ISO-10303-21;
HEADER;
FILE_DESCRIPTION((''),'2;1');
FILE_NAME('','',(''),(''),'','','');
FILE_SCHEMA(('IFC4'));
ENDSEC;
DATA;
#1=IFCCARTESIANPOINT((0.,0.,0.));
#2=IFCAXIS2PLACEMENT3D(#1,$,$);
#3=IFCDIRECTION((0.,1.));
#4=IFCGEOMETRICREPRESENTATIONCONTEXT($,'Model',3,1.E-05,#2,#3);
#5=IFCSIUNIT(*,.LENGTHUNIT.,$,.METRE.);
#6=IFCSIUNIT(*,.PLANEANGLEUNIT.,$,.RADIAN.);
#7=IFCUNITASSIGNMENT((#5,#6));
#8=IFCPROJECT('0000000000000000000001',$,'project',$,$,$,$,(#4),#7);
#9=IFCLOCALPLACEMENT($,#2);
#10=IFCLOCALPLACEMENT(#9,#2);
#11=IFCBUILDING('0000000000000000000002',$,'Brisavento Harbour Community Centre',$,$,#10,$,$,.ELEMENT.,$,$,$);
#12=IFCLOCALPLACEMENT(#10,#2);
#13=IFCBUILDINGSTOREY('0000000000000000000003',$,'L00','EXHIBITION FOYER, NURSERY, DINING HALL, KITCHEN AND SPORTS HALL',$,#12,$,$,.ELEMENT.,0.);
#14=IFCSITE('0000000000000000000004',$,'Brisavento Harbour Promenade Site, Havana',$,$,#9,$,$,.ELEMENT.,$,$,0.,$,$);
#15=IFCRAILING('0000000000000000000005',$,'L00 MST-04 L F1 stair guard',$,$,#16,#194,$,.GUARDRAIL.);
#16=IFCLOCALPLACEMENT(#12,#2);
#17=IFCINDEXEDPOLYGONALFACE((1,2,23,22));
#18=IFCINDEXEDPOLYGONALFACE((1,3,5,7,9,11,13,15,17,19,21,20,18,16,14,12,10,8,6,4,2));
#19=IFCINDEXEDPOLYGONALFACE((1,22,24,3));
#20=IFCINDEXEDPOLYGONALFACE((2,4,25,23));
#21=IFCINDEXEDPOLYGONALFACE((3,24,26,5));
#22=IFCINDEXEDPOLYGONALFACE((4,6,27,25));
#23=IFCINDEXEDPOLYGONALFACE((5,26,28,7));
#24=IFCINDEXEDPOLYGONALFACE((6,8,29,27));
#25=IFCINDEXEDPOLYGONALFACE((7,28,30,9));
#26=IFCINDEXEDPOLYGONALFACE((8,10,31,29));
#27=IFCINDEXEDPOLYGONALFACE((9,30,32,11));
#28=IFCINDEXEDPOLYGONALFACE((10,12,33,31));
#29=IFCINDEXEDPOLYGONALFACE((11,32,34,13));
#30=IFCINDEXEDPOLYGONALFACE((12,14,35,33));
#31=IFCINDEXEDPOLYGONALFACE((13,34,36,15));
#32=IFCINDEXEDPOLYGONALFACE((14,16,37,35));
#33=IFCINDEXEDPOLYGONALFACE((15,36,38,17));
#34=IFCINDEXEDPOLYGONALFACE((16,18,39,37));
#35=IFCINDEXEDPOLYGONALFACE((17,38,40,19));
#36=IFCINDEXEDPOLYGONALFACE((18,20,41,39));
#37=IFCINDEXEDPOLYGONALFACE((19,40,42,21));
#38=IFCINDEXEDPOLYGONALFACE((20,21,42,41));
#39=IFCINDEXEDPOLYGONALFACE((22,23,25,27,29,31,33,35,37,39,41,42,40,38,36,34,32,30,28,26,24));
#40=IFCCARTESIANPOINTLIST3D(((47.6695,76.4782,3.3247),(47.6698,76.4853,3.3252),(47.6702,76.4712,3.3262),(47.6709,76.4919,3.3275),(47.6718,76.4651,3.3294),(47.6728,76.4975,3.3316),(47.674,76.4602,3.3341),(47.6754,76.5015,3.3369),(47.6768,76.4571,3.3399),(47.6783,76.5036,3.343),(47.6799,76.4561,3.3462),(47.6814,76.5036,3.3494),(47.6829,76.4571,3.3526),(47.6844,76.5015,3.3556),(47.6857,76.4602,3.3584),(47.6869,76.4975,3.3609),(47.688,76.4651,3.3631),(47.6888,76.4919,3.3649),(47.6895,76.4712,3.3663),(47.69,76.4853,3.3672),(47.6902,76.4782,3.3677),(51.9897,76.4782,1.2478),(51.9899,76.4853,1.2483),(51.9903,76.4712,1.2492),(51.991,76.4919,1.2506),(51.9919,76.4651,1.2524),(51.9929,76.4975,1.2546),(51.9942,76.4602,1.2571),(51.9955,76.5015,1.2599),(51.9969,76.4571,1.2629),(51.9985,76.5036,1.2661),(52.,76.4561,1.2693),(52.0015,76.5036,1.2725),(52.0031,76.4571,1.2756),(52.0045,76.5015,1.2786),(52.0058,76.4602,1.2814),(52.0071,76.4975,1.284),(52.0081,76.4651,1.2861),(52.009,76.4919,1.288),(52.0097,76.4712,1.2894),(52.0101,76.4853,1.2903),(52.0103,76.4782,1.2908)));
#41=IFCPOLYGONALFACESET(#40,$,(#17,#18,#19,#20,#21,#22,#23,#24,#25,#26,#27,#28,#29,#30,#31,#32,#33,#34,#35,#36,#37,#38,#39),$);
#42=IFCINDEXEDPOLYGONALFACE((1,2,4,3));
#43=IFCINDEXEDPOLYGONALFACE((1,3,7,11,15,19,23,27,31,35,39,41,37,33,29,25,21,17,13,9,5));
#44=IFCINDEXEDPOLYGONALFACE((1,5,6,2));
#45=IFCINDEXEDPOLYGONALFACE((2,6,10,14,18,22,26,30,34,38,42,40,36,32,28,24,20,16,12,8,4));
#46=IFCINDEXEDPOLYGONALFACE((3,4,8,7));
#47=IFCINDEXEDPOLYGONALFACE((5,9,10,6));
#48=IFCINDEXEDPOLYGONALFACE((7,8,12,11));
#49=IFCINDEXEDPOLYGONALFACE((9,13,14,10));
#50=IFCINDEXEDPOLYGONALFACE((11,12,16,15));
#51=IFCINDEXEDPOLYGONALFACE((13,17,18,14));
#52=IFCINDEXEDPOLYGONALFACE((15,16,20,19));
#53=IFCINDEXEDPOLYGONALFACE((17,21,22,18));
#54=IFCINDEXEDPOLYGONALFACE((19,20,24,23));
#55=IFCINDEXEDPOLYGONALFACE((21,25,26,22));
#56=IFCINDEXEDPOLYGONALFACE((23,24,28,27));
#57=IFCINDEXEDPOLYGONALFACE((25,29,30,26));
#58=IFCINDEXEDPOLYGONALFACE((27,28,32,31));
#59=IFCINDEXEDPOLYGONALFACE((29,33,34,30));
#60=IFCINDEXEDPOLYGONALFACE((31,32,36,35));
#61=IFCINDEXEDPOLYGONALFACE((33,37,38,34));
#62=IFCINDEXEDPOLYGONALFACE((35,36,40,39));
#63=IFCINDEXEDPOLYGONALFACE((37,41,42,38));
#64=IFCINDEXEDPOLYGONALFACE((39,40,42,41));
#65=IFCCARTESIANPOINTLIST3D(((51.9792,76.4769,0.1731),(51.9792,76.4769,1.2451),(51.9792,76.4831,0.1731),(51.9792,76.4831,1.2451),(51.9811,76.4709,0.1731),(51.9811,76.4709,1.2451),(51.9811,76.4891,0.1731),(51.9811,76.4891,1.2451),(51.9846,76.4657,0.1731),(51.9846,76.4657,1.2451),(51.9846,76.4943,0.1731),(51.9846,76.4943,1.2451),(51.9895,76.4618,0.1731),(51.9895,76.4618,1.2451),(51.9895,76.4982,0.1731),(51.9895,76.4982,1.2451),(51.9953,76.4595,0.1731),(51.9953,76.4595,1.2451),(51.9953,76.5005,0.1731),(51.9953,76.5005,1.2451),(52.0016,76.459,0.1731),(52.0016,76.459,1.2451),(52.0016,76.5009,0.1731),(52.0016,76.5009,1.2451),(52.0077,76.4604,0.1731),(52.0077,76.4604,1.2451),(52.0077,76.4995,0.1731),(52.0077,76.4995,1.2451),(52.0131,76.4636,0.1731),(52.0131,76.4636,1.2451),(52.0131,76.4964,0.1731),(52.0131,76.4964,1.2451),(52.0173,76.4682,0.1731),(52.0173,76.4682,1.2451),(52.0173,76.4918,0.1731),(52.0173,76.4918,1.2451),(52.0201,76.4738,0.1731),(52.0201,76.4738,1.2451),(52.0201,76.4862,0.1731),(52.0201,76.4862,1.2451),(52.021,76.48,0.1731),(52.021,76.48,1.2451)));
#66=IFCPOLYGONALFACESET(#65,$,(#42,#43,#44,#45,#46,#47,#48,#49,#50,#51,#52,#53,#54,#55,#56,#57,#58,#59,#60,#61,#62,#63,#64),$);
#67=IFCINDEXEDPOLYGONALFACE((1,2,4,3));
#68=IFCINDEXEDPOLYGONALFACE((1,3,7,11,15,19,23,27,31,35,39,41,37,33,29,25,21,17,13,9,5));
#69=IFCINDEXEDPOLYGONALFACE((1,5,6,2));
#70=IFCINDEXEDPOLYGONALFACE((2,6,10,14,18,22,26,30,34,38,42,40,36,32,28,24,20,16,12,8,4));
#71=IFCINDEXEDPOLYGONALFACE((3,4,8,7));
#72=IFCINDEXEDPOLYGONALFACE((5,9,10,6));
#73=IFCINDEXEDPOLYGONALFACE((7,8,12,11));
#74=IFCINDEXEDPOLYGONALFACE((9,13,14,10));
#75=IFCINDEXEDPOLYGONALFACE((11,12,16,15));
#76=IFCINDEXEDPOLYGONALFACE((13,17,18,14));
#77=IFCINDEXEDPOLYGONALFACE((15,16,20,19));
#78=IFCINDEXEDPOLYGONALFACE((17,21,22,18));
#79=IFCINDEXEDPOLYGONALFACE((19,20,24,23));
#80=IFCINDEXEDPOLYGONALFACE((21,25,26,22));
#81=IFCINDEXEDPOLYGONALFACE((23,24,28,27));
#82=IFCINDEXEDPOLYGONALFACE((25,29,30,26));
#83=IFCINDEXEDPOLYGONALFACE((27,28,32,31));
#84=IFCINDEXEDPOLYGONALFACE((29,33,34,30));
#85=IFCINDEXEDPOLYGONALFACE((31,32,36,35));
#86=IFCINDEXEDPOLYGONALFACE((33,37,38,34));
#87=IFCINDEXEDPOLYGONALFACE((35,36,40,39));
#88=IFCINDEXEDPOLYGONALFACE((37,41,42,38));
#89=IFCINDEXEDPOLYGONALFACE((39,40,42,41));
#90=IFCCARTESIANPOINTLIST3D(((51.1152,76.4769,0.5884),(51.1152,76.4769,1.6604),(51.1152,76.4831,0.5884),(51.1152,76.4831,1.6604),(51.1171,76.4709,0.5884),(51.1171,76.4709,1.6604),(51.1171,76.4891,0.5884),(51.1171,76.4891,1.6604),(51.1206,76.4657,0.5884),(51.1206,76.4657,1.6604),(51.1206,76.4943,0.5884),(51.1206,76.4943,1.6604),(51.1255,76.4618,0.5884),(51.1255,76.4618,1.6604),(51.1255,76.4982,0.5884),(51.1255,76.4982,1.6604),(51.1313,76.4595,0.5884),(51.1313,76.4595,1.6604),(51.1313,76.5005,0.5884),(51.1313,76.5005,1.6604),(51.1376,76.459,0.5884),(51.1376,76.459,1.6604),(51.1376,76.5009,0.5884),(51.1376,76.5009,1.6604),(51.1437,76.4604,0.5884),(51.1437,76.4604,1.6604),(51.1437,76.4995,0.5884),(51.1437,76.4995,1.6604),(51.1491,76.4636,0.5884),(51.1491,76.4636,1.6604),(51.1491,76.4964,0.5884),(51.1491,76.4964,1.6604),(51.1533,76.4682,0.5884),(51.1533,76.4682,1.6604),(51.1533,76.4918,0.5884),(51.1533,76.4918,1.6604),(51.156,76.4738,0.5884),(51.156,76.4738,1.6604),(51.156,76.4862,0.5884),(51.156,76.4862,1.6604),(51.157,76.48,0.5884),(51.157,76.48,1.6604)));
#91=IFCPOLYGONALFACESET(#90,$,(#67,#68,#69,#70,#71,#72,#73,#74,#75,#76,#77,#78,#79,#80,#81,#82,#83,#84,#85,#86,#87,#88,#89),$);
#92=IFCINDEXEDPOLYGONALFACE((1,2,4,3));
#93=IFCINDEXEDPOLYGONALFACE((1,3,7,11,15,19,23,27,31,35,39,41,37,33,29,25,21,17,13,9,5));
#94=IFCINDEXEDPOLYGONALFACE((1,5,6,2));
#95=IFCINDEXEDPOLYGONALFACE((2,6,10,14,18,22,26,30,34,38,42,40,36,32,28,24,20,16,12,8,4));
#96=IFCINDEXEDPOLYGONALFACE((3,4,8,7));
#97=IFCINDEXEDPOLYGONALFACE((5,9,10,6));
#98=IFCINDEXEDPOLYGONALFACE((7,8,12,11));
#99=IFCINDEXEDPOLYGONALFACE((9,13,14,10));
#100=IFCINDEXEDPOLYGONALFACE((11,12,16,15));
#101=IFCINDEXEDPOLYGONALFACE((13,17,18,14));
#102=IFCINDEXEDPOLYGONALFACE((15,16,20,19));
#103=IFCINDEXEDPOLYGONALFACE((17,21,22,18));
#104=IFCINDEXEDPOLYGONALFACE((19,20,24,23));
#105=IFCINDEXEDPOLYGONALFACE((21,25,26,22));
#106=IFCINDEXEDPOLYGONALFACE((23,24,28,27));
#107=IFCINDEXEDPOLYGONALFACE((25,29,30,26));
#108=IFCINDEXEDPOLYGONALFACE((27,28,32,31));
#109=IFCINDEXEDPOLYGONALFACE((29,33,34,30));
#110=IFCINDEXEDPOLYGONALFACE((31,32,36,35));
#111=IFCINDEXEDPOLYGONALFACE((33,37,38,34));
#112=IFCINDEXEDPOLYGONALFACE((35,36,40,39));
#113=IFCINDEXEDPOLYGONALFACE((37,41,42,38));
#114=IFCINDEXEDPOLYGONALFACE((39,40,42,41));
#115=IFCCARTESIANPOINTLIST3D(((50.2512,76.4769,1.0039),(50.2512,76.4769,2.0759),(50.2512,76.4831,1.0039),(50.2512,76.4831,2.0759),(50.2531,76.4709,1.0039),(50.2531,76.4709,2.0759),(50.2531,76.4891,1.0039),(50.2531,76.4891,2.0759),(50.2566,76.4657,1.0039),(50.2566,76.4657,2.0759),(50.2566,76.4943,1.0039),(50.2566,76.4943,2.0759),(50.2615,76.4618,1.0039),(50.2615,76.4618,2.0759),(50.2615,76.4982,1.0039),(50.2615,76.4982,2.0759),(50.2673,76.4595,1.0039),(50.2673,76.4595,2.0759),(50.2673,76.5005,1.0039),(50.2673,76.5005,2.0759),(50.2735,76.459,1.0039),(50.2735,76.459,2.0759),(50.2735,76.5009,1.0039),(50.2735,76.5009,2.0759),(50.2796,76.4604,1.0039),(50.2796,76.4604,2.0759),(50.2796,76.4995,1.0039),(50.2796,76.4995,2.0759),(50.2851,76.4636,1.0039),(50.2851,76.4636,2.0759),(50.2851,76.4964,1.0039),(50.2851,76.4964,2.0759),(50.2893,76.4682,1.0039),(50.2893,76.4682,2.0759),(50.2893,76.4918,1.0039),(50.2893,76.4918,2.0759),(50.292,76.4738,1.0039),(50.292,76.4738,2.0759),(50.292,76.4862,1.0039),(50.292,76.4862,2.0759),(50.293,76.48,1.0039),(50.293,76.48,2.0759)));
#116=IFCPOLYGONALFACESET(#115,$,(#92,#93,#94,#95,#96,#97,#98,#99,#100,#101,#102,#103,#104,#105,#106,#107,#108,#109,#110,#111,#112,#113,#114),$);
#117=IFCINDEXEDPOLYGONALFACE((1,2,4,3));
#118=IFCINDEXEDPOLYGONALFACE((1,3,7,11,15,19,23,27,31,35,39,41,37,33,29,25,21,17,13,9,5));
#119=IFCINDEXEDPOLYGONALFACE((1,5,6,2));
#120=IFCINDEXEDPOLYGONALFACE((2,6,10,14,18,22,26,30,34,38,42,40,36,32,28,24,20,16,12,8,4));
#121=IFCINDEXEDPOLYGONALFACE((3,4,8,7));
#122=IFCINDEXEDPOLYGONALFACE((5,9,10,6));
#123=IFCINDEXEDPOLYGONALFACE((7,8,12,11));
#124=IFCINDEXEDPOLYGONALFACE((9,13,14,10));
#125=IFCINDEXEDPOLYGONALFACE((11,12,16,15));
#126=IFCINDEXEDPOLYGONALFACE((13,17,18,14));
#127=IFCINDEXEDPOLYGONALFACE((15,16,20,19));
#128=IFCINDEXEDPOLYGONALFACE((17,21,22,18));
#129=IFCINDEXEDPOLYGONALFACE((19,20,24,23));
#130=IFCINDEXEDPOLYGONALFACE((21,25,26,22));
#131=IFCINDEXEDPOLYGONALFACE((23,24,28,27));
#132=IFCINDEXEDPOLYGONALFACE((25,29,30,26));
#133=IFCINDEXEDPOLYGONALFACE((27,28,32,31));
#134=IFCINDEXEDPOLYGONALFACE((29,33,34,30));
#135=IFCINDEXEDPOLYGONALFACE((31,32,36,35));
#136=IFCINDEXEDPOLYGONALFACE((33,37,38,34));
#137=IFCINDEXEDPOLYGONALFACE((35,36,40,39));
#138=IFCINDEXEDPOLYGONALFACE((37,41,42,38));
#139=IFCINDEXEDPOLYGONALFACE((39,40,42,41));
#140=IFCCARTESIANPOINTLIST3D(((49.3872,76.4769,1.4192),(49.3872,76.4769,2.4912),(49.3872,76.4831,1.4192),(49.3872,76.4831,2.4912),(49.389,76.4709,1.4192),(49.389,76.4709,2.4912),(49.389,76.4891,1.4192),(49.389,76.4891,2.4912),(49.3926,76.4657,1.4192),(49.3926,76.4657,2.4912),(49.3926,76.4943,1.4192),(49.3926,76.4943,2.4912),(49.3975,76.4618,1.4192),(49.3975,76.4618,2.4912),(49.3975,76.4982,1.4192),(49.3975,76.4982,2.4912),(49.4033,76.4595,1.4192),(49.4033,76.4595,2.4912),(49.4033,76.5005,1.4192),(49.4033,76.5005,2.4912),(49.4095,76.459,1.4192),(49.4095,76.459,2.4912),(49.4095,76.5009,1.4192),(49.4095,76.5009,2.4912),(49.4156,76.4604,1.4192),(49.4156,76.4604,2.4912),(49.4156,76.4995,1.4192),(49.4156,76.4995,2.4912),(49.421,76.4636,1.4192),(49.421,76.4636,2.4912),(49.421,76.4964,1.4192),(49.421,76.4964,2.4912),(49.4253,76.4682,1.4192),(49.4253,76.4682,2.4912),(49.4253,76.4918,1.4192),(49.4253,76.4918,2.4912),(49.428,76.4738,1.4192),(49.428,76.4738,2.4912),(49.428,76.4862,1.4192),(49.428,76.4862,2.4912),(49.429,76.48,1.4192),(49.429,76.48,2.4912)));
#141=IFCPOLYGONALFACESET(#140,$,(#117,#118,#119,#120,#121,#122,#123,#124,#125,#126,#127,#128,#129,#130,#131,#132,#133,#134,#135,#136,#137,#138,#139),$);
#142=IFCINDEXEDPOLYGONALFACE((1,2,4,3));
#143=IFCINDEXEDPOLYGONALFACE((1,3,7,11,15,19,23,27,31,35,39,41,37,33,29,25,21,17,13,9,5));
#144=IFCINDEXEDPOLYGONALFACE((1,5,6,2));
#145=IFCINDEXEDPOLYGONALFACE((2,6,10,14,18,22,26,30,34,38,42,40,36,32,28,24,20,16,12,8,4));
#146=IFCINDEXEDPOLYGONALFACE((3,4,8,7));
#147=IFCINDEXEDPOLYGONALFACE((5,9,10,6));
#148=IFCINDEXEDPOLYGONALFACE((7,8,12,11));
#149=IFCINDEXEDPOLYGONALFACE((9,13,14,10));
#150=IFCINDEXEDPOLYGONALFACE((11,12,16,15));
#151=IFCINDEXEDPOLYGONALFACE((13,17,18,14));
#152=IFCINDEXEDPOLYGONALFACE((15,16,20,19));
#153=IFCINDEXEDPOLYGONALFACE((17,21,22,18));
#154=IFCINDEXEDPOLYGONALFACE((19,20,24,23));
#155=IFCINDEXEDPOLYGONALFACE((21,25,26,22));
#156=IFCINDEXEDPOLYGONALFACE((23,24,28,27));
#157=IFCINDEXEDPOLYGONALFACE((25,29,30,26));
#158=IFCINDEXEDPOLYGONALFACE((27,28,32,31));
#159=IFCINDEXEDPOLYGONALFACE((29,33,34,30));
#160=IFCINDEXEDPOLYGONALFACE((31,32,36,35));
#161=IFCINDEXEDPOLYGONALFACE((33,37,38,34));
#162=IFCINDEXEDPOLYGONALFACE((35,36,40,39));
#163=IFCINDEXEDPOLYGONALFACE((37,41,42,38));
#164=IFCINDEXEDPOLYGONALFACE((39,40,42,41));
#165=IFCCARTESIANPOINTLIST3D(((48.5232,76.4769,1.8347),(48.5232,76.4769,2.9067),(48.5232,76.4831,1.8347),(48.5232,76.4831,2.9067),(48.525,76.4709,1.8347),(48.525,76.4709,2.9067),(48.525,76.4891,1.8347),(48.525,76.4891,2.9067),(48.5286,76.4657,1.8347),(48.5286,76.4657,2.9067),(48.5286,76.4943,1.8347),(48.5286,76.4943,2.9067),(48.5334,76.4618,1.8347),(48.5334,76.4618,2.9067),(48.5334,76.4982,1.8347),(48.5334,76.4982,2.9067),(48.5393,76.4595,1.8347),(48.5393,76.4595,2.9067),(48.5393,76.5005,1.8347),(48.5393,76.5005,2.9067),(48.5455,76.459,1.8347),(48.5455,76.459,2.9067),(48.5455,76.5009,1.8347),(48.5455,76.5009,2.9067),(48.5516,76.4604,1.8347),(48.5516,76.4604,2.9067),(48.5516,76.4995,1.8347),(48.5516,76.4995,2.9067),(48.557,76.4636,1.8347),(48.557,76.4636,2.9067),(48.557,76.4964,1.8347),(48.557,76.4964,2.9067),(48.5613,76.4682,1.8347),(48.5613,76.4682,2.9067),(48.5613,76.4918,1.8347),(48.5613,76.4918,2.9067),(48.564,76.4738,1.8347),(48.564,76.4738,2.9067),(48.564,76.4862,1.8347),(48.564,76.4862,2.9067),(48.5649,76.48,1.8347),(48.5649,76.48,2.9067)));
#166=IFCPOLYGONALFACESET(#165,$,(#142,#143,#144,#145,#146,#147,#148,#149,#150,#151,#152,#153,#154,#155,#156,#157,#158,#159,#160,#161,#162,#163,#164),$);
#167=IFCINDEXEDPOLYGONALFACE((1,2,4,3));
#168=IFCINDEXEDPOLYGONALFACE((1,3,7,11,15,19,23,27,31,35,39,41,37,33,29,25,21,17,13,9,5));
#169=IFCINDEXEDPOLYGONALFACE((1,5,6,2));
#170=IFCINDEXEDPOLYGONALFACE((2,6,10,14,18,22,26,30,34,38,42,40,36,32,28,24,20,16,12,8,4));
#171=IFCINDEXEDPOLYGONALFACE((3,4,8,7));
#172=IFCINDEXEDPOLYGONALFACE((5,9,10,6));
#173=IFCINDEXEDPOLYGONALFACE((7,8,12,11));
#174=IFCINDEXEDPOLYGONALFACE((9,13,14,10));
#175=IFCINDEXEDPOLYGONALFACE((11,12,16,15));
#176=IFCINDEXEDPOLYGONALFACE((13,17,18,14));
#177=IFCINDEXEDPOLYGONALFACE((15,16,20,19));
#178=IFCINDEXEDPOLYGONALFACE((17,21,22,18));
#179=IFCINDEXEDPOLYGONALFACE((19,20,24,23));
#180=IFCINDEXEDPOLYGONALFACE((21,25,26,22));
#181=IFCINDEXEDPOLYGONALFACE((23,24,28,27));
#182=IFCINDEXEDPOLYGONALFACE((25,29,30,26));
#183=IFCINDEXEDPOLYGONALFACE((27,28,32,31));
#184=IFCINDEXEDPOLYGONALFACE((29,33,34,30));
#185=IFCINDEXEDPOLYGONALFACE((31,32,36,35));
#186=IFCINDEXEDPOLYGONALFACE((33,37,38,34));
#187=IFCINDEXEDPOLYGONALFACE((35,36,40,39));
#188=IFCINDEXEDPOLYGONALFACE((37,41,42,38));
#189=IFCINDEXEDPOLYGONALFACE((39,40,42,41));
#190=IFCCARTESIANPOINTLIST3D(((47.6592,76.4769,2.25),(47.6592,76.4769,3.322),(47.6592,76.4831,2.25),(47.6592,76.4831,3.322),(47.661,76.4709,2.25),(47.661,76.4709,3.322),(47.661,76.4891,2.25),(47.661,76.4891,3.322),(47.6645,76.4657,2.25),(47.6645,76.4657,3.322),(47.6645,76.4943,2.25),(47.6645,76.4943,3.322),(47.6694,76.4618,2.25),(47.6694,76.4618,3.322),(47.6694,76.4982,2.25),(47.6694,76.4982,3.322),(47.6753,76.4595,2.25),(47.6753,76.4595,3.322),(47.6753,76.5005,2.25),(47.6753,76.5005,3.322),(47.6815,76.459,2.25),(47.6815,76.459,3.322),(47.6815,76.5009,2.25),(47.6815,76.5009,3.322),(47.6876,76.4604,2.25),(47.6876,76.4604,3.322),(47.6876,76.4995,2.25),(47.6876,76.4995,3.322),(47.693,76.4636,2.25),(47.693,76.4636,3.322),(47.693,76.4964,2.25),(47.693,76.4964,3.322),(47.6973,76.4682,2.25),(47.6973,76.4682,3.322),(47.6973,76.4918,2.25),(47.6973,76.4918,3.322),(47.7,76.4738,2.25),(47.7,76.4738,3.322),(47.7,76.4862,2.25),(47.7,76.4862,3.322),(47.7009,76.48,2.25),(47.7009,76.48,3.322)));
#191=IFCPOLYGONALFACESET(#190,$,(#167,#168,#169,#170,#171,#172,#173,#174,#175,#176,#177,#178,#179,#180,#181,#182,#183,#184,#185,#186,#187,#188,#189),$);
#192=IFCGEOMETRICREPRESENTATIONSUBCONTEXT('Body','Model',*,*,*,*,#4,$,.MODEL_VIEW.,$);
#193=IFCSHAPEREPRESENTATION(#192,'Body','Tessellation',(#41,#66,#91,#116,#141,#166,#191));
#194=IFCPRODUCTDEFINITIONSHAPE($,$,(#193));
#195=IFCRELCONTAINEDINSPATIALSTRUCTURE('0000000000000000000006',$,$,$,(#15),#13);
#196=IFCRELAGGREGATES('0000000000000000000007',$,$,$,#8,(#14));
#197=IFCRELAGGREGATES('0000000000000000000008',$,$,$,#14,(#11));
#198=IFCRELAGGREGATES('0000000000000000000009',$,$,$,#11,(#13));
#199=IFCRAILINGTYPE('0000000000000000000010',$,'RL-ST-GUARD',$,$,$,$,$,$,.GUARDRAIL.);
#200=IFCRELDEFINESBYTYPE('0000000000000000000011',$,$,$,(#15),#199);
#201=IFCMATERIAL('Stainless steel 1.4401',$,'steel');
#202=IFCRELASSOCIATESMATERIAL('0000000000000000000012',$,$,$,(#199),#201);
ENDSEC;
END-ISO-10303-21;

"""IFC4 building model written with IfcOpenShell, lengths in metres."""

from ifc_helpers import new_model, si_unit, direction, frame, origin, origin_2d, place, context, subcontext, project, spatial, circle, extrude, material, type_object, element, save


model = new_model("IFC4")

# Units and contexts
model_context = context("Model", 3, precision=1e-05, world=origin(), true_north=direction((0.0, 1.0)))
body_context = subcontext(model_context, "Body", "Model", "MODEL_VIEW")
ifc_project = project(units=[si_unit("LENGTHUNIT", "METRE"), si_unit("PLANEANGLEUNIT", "RADIAN")], contexts=[model_context])

# Site, building, storey
site_placement = place(None, origin())
site = spatial("IfcSite", under=ifc_project, at=site_placement, Name="Brisavento Harbour Promenade Site, Havana", CompositionType="ELEMENT", RefElevation=0.0)
building_placement = place(site_placement, origin())
building = spatial("IfcBuilding", under=site, at=building_placement, Name="Brisavento Harbour Community Centre", CompositionType="ELEMENT")
storey_placement = place(building_placement, origin())
storey = spatial("IfcBuildingStorey", under=building, at=storey_placement, Name="L00", Description="EXHIBITION FOYER, NURSERY, DINING HALL, KITCHEN AND SPORTS HALL", CompositionType="ELEMENT", Elevation=0.0)

# Railing
ifc_material_1 = material(Name="Stainless steel 1.4401", Category="steel")
railing_type = type_object("IfcRailingType", Name="RL-ST-GUARD", PredefinedType="GUARDRAIL", material=ifc_material_1)
railing_1_placement = place(storey_placement, frame((52.0, 76.48, 0.1731)))
element("IfcRailing", 1, at=railing_1_placement, inside=storey, type_object=railing_type, Name="L00 MST-04 L F1 stair guard", PredefinedType="GUARDRAIL", context=body_context, shape_type="SweptSolid", body=[
    extrude(circle(Radius=0.0239, at=origin_2d()), frame((0.0, 0.0, 1.0962), z_axis=(-0.901257, 0.0, 0.433286), x_axis=(0.0, -1.0, 0.0)), (0.0, 0.0, 1.0), 4.7935),
    extrude(circle(Radius=0.021, at=origin_2d()), origin(), (0.0, 0.0, 1.0), 1.072),
    extrude(circle(Radius=0.021, at=origin_2d()), frame((-0.864, 0.0, 0.4153)), (0.0, 0.0, 1.0), 1.072),
    extrude(circle(Radius=0.021, at=origin_2d()), frame((-1.728, 0.0, 0.8308)), (0.0, 0.0, 1.0), 1.072),
    extrude(circle(Radius=0.021, at=origin_2d()), frame((-2.592, 0.0, 1.2461)), (0.0, 0.0, 1.0), 1.072),
    extrude(circle(Radius=0.021, at=origin_2d()), frame((-3.4561, 0.0, 1.6616)), (0.0, 0.0, 1.0), 1.072),
    extrude(circle(Radius=0.021, at=origin_2d()), frame((-4.3201, 0.0, 2.0769)), (0.0, 0.0, 1.0), 1.072),
])

save(model, "model.ifc")
